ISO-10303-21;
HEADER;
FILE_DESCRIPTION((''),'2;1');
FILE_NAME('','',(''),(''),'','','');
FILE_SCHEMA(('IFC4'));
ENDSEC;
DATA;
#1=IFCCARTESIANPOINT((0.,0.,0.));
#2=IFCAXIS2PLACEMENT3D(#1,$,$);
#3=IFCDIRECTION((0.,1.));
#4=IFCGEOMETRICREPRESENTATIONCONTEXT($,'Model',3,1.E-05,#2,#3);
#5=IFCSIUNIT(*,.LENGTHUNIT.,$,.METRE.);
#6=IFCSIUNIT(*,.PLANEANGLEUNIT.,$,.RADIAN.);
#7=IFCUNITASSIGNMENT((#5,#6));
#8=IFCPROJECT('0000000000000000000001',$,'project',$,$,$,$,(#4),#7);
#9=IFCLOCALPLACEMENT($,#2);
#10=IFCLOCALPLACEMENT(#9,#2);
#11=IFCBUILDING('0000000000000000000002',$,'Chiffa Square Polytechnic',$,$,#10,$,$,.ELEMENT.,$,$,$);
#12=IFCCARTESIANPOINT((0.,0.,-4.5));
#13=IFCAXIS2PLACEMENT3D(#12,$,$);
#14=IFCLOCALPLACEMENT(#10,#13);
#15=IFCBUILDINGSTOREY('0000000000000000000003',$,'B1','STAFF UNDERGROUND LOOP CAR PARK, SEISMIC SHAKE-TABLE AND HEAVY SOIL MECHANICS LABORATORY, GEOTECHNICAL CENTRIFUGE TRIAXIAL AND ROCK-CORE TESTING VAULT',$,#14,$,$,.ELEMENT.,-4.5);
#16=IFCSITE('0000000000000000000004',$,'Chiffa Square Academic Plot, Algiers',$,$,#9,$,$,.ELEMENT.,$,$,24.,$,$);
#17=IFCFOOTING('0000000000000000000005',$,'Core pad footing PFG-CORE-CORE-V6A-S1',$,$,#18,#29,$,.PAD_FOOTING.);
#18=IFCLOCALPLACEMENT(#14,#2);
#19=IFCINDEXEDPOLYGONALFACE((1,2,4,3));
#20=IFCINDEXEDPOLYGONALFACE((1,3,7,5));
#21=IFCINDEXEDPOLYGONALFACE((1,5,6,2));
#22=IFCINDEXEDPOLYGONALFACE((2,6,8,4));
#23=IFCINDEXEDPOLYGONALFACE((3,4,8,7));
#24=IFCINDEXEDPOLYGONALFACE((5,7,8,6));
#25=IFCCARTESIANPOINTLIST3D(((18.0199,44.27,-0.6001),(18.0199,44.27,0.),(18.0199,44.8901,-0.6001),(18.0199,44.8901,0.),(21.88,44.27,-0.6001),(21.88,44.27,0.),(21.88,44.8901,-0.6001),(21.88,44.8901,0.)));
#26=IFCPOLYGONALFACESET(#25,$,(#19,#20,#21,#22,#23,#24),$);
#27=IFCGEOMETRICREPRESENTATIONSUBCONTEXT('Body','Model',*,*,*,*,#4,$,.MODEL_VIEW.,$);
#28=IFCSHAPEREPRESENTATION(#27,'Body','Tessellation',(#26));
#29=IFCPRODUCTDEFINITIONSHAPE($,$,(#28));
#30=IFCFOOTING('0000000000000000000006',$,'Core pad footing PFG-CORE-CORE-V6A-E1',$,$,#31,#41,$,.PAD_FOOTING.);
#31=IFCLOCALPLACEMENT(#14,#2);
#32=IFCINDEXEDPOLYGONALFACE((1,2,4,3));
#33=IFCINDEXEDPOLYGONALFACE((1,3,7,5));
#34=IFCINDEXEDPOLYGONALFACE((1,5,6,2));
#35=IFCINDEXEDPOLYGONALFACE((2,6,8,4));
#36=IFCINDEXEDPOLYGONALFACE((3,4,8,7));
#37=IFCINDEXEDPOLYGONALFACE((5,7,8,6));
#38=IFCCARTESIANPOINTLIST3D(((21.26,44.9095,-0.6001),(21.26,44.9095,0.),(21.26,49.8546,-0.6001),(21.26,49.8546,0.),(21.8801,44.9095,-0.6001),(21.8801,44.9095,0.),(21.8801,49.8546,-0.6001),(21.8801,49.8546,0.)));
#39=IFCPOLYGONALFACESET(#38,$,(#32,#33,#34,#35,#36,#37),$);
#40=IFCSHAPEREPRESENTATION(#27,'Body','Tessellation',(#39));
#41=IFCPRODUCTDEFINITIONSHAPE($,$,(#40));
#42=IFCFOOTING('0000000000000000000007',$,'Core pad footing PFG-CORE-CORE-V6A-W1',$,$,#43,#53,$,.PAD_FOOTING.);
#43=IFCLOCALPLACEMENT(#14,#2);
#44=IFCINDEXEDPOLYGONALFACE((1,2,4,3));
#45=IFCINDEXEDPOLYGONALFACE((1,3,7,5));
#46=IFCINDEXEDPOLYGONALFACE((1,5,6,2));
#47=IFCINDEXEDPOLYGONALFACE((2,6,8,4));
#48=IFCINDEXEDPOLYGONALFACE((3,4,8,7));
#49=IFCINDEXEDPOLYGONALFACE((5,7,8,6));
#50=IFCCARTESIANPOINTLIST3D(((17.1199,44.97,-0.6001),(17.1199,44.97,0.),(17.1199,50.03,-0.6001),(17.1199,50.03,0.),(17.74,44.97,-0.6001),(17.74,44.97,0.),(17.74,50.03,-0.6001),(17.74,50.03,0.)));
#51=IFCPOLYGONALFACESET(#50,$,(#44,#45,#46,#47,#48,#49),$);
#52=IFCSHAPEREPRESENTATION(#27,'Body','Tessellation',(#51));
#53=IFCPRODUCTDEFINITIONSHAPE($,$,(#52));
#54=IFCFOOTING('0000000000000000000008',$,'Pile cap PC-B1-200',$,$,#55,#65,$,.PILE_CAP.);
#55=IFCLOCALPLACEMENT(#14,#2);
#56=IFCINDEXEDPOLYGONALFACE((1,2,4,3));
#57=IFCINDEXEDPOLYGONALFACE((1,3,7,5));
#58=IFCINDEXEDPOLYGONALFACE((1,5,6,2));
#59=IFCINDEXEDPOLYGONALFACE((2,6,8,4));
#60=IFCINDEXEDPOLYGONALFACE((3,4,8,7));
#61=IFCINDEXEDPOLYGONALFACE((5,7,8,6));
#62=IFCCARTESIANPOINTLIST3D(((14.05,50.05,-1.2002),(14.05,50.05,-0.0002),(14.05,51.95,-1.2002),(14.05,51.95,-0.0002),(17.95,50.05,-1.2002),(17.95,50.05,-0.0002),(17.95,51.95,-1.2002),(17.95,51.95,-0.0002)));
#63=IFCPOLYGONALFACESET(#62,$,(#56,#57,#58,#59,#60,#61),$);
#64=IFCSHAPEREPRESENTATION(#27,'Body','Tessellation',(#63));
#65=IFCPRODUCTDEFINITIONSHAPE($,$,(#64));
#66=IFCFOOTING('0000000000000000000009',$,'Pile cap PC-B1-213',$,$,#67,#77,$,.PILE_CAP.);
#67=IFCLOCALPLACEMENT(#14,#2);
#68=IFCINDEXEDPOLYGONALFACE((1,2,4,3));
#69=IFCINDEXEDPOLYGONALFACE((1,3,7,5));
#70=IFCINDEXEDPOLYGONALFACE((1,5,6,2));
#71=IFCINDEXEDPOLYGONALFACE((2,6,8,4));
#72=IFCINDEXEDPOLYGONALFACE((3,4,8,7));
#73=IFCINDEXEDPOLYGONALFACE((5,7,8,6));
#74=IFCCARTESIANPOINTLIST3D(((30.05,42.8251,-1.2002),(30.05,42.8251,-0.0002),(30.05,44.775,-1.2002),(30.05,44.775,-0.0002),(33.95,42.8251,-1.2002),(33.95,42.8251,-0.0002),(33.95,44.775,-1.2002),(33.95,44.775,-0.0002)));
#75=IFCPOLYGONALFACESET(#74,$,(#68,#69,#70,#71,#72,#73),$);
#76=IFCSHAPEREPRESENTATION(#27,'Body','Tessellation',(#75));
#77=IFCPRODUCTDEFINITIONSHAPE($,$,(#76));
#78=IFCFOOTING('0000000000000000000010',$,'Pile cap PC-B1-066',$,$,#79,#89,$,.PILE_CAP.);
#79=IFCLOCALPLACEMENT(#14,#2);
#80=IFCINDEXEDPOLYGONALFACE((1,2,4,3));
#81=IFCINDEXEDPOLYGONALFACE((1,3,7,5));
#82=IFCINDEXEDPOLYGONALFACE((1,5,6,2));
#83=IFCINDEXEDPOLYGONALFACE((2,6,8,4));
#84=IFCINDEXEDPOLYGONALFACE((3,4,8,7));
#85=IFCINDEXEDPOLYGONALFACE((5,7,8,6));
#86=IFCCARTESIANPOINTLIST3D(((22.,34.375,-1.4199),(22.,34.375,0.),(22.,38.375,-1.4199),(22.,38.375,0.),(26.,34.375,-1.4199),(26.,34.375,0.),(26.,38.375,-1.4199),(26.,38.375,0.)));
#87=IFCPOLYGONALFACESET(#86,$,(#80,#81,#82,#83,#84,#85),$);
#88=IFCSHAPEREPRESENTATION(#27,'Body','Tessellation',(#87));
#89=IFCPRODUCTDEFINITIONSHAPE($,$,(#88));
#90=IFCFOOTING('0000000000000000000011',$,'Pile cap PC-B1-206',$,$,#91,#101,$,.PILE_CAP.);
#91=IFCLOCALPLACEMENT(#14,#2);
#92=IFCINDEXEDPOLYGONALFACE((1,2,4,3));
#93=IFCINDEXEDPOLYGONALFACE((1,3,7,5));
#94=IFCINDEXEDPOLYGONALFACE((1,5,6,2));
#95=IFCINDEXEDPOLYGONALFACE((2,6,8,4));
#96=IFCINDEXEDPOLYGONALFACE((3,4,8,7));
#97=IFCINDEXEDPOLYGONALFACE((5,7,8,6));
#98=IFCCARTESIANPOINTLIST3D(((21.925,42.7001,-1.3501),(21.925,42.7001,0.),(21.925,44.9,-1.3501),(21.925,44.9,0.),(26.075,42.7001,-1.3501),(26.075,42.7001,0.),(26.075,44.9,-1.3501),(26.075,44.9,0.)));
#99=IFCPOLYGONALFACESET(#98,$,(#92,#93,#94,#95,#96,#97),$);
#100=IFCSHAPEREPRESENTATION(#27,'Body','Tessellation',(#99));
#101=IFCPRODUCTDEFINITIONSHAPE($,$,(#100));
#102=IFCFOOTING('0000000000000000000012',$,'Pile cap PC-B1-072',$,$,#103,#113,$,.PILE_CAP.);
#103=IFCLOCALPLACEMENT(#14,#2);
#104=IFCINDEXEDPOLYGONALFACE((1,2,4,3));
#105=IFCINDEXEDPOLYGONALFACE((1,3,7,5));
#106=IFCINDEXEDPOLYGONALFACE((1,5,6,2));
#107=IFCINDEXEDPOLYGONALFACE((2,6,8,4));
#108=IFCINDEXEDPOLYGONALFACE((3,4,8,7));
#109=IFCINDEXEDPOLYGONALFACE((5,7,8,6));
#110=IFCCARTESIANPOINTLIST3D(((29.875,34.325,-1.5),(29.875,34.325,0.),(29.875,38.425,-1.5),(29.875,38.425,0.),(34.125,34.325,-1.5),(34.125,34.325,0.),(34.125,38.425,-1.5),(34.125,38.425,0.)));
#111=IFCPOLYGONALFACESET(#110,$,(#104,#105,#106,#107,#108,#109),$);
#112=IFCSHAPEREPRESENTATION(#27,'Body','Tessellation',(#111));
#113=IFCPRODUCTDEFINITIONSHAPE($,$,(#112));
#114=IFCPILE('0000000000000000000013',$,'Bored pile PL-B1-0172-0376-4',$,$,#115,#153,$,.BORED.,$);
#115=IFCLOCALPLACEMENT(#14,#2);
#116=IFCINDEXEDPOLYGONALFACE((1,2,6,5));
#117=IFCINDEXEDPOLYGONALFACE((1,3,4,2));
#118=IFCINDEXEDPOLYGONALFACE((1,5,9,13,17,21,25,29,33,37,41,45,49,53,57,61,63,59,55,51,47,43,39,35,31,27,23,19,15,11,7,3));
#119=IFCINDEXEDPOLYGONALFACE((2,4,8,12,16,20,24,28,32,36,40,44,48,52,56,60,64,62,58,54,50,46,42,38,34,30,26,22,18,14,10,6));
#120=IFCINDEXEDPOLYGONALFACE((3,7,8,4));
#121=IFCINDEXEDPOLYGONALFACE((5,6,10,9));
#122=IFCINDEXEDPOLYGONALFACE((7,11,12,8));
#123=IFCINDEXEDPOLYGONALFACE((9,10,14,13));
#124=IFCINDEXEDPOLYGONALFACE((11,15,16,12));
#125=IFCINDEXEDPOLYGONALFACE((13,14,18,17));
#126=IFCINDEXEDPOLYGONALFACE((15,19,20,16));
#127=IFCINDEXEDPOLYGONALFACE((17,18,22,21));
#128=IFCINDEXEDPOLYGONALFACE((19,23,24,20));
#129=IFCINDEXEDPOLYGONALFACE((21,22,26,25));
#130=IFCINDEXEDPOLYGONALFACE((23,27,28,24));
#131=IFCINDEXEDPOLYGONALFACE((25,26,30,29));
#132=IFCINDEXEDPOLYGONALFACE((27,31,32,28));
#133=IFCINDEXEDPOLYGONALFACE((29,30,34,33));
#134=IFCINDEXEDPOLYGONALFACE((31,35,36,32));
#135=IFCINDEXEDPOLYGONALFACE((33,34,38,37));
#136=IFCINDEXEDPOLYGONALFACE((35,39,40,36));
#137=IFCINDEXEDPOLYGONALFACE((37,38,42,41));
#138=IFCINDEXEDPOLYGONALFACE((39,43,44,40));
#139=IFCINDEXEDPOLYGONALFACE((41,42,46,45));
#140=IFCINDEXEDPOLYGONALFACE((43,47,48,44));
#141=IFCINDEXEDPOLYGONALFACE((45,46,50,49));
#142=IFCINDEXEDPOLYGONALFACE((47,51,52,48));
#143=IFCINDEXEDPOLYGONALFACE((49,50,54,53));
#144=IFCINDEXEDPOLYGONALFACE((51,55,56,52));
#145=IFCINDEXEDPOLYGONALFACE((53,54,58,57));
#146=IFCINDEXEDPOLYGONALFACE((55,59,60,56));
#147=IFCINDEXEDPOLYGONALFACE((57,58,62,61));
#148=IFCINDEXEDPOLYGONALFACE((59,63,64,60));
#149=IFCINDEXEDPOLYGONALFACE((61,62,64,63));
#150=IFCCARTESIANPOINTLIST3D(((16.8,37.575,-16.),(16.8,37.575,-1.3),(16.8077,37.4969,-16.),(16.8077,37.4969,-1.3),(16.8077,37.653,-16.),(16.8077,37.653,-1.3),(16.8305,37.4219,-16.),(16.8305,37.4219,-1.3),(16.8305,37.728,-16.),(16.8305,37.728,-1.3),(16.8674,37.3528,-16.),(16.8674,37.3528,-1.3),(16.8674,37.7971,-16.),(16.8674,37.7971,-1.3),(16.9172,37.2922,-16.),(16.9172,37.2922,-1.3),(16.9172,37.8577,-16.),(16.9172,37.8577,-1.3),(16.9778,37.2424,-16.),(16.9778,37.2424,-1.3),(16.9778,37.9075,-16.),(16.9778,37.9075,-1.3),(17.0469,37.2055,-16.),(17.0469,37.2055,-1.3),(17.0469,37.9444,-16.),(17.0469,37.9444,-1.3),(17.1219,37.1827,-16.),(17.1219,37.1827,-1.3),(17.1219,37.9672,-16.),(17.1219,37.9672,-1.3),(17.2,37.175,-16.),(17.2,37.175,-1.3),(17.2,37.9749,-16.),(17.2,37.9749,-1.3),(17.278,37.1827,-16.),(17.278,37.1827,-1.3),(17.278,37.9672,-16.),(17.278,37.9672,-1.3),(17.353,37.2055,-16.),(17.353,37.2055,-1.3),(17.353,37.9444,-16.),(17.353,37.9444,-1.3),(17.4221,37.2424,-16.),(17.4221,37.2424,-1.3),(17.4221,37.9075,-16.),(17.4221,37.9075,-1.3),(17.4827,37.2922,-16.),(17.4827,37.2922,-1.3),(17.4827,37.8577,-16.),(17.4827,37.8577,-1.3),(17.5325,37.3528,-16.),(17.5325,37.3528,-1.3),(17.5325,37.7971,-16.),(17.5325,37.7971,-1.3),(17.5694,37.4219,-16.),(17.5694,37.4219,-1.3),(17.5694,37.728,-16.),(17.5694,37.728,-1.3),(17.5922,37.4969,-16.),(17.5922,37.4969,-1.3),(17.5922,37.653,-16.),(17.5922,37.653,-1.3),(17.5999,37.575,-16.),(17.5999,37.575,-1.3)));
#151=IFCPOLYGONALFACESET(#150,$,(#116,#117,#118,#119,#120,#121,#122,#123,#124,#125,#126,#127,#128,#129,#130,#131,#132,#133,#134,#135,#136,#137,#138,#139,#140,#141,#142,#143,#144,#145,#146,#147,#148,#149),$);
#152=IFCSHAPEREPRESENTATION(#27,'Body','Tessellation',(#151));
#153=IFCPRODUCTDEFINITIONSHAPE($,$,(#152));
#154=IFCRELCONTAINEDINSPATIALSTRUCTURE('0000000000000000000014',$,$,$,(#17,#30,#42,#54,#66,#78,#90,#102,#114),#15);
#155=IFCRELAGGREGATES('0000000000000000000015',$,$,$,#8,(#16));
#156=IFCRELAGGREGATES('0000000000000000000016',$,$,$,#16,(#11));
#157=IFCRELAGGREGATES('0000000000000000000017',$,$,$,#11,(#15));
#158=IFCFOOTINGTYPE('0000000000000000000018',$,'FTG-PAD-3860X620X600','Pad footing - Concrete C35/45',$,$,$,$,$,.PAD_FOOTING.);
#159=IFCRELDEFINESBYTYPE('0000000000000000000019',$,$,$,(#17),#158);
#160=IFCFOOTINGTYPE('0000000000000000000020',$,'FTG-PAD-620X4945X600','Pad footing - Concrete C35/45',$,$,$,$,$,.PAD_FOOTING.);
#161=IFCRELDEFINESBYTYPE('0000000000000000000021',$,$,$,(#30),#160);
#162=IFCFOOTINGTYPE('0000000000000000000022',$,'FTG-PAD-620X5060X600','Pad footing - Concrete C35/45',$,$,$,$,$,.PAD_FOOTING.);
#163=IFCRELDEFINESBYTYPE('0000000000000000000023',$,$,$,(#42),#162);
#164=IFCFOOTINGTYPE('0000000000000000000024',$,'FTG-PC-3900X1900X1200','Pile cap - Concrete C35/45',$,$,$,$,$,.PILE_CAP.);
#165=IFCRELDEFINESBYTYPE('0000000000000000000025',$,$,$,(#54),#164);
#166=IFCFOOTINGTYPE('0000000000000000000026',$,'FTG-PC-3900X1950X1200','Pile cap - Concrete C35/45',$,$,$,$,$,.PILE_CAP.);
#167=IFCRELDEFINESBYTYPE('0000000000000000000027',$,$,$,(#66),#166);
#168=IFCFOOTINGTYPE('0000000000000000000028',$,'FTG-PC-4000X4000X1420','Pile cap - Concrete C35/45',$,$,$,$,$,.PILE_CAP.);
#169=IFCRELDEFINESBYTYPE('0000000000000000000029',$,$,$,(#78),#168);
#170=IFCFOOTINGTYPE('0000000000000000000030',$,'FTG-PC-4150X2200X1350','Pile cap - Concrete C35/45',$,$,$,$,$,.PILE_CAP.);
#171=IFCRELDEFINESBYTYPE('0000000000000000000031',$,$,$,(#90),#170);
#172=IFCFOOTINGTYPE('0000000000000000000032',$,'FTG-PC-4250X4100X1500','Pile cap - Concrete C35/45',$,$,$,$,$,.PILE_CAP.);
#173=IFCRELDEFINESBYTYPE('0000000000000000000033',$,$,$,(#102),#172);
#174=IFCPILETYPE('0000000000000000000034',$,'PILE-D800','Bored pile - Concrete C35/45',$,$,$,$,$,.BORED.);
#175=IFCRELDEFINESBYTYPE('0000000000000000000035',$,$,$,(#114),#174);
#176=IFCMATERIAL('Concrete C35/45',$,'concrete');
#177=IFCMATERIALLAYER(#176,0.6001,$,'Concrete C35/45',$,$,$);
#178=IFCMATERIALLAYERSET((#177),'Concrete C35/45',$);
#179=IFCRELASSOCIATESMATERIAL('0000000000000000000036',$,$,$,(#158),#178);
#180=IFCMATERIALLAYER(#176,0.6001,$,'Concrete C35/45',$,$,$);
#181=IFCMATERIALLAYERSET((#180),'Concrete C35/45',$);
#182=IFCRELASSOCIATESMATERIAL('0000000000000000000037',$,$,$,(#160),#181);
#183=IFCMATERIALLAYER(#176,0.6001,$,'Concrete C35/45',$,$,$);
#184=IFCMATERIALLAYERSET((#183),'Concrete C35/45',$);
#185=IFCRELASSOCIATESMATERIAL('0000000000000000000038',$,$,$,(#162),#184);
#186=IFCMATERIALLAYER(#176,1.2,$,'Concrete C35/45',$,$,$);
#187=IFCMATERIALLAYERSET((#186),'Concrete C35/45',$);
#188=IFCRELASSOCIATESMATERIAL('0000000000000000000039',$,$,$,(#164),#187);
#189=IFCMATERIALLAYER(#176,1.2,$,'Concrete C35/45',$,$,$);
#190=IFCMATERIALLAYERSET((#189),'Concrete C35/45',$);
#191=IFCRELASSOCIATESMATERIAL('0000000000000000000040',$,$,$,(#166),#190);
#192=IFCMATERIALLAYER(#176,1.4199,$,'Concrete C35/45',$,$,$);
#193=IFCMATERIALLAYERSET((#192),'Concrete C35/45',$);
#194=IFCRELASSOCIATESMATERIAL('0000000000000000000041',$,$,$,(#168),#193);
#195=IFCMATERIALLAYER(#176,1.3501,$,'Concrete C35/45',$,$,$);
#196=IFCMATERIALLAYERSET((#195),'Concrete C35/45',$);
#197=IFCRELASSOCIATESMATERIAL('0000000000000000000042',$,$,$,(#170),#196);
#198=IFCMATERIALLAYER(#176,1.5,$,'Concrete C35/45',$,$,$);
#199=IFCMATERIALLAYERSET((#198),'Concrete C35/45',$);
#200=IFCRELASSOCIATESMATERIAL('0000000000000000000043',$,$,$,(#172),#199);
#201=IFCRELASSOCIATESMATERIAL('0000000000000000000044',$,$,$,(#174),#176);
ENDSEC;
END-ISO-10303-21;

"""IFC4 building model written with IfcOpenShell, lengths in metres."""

from ifc_helpers import new_model, si_unit, direction, frame, origin, origin_2d, place, context, subcontext, project, spatial, rectangle, circle, extrude, material, layer, layer_set, material_profile, profile_set, type_object, element, save


model = new_model("IFC4")

# Units and contexts
model_context = context("Model", 3, precision=1e-05, world=origin(), true_north=direction((0.0, 1.0)))
body_context = subcontext(model_context, "Body", "Model", "MODEL_VIEW")
ifc_project = project(units=[si_unit("LENGTHUNIT", "METRE"), si_unit("PLANEANGLEUNIT", "RADIAN")], contexts=[model_context])

# Site, building, storey
site_placement = place(None, origin())
site = spatial("IfcSite", under=ifc_project, at=site_placement, Name="Chiffa Square Academic Plot, Algiers", CompositionType="ELEMENT", RefElevation=24.0)
building_placement = place(site_placement, origin())
building = spatial("IfcBuilding", under=site, at=building_placement, Name="Chiffa Square Polytechnic", CompositionType="ELEMENT")
storey_placement = place(building_placement, frame((0.0, 0.0, -4.5)))
storey = spatial("IfcBuildingStorey", under=building, at=storey_placement, Name="B1", Description="STAFF UNDERGROUND LOOP CAR PARK, SEISMIC SHAKE-TABLE AND HEAVY SOIL MECHANICS LABORATORY, GEOTECHNICAL CENTRIFUGE TRIAXIAL AND ROCK-CORE TESTING VAULT", CompositionType="ELEMENT", Elevation=-4.5)

# Footings
ifc_material_1 = material(Name="Concrete C35/45", Category="concrete")
ifc_layer_1 = layer(ifc_material_1, 0.6001, Name="Concrete C35/45")
ifc_layer_set_1 = layer_set([ifc_layer_1], Name="Concrete C35/45")
footing_type_1 = type_object("IfcFootingType", Name="FTG-PAD-3860X620X600", Description="Pad footing - Concrete C35/45", PredefinedType="PAD_FOOTING", material=ifc_layer_set_1)
footing_1_placement = place(storey_placement, frame((19.95, 44.5801, -0.6001), z_axis=(0.0, 0.0, 1.0), x_axis=(1.0, 0.0, 0.0)))
element("IfcFooting", 1, at=footing_1_placement, inside=storey, type_object=footing_type_1, Name="Core pad footing PFG-CORE-CORE-V6A-S1", PredefinedType="PAD_FOOTING", context=body_context, shape_type="SweptSolid", body=[
    extrude(rectangle(XDim=3.8601, YDim=0.6201, at=origin_2d()), origin(), (0.0, 0.0, 1.0), 0.6001),
])
ifc_layer_2 = layer(ifc_material_1, 0.6001, Name="Concrete C35/45")
ifc_layer_set_2 = layer_set([ifc_layer_2], Name="Concrete C35/45")
footing_type_2 = type_object("IfcFootingType", Name="FTG-PAD-620X4945X600", Description="Pad footing - Concrete C35/45", PredefinedType="PAD_FOOTING", material=ifc_layer_set_2)
footing_2_placement = place(storey_placement, frame((21.5701, 47.3821, -0.6001), z_axis=(0.0, 0.0, 1.0), x_axis=(1.0, 0.0, 0.0)))
element("IfcFooting", 2, at=footing_2_placement, inside=storey, type_object=footing_type_2, Name="Core pad footing PFG-CORE-CORE-V6A-E1", PredefinedType="PAD_FOOTING", context=body_context, shape_type="SweptSolid", body=[
    extrude(rectangle(XDim=0.6201, YDim=4.9451, at=origin_2d()), origin(), (0.0, 0.0, 1.0), 0.6001),
])
ifc_layer_3 = layer(ifc_material_1, 0.6001, Name="Concrete C35/45")
ifc_layer_set_3 = layer_set([ifc_layer_3], Name="Concrete C35/45")
footing_type_3 = type_object("IfcFootingType", Name="FTG-PAD-620X5060X600", Description="Pad footing - Concrete C35/45", PredefinedType="PAD_FOOTING", material=ifc_layer_set_3)
footing_3_placement = place(storey_placement, frame((17.4299, 47.5, -0.6001), z_axis=(0.0, 0.0, 1.0), x_axis=(1.0, 0.0, 0.0)))
element("IfcFooting", 3, at=footing_3_placement, inside=storey, type_object=footing_type_3, Name="Core pad footing PFG-CORE-CORE-V6A-W1", PredefinedType="PAD_FOOTING", context=body_context, shape_type="SweptSolid", body=[
    extrude(rectangle(XDim=0.6201, YDim=5.0601, at=origin_2d()), origin(), (0.0, 0.0, 1.0), 0.6001),
])
ifc_layer_4 = layer(ifc_material_1, 1.2, Name="Concrete C35/45")
ifc_layer_set_4 = layer_set([ifc_layer_4], Name="Concrete C35/45")
footing_type_4 = type_object("IfcFootingType", Name="FTG-PC-3900X1900X1200", Description="Pile cap - Concrete C35/45", PredefinedType="PILE_CAP", material=ifc_layer_set_4)
footing_4_placement = place(storey_placement, frame((16.0, 51.0, -1.2002), z_axis=(0.0, 0.0, 1.0), x_axis=(1.0, 0.0, 0.0)))
element("IfcFooting", 4, at=footing_4_placement, inside=storey, type_object=footing_type_4, Name="Pile cap PC-B1-200", PredefinedType="PILE_CAP", context=body_context, shape_type="SweptSolid", body=[
    extrude(rectangle(XDim=3.8999, YDim=1.8999, at=origin_2d()), origin(), (0.0, 0.0, 1.0), 1.2),
])
ifc_layer_5 = layer(ifc_material_1, 1.2, Name="Concrete C35/45")
ifc_layer_set_5 = layer_set([ifc_layer_5], Name="Concrete C35/45")
footing_type_5 = type_object("IfcFootingType", Name="FTG-PC-3900X1950X1200", Description="Pile cap - Concrete C35/45", PredefinedType="PILE_CAP", material=ifc_layer_set_5)
footing_5_placement = place(storey_placement, frame((32.0, 43.8, -1.2002), z_axis=(0.0, 0.0, 1.0), x_axis=(1.0, 0.0, 0.0)))
element("IfcFooting", 5, at=footing_5_placement, inside=storey, type_object=footing_type_5, Name="Pile cap PC-B1-213", PredefinedType="PILE_CAP", context=body_context, shape_type="SweptSolid", body=[
    extrude(rectangle(XDim=3.8999, YDim=1.95, at=origin_2d()), origin(), (0.0, 0.0, 1.0), 1.2),
])
ifc_layer_6 = layer(ifc_material_1, 1.4199, Name="Concrete C35/45")
ifc_layer_set_6 = layer_set([ifc_layer_6], Name="Concrete C35/45")
footing_type_6 = type_object("IfcFootingType", Name="FTG-PC-4000X4000X1420", Description="Pile cap - Concrete C35/45", PredefinedType="PILE_CAP", material=ifc_layer_set_6)
footing_6_placement = place(storey_placement, frame((24.0, 36.375, -1.4199), z_axis=(0.0, 0.0, 1.0), x_axis=(1.0, 0.0, 0.0)))
element("IfcFooting", 6, at=footing_6_placement, inside=storey, type_object=footing_type_6, Name="Pile cap PC-B1-066", PredefinedType="PILE_CAP", context=body_context, shape_type="SweptSolid", body=[
    extrude(rectangle(XDim=4.0, YDim=4.0, at=origin_2d()), origin(), (0.0, 0.0, 1.0), 1.4199),
])
ifc_layer_7 = layer(ifc_material_1, 1.3501, Name="Concrete C35/45")
ifc_layer_set_7 = layer_set([ifc_layer_7], Name="Concrete C35/45")
footing_type_7 = type_object("IfcFootingType", Name="FTG-PC-4150X2200X1350", Description="Pile cap - Concrete C35/45", PredefinedType="PILE_CAP", material=ifc_layer_set_7)
footing_7_placement = place(storey_placement, frame((24.0, 43.8, -1.3501), z_axis=(0.0, 0.0, 1.0), x_axis=(1.0, 0.0, 0.0)))
element("IfcFooting", 7, at=footing_7_placement, inside=storey, type_object=footing_type_7, Name="Pile cap PC-B1-206", PredefinedType="PILE_CAP", context=body_context, shape_type="SweptSolid", body=[
    extrude(rectangle(XDim=4.1499, YDim=2.2, at=origin_2d()), origin(), (0.0, 0.0, 1.0), 1.3501),
])
ifc_layer_8 = layer(ifc_material_1, 1.5, Name="Concrete C35/45")
ifc_layer_set_8 = layer_set([ifc_layer_8], Name="Concrete C35/45")
footing_type_8 = type_object("IfcFootingType", Name="FTG-PC-4250X4100X1500", Description="Pile cap - Concrete C35/45", PredefinedType="PILE_CAP", material=ifc_layer_set_8)
footing_8_placement = place(storey_placement, frame((32.0, 36.375, -1.5), z_axis=(0.0, 0.0, 1.0), x_axis=(1.0, 0.0, 0.0)))
element("IfcFooting", 8, at=footing_8_placement, inside=storey, type_object=footing_type_8, Name="Pile cap PC-B1-072", PredefinedType="PILE_CAP", context=body_context, shape_type="SweptSolid", body=[
    extrude(rectangle(XDim=4.25, YDim=4.1001, at=origin_2d()), origin(), (0.0, 0.0, 1.0), 1.5),
])

# Pile
ifc_material_profile_1 = material_profile(ifc_material_1, circle(Radius=0.3999, at=origin_2d()), Name="PILE D800")
ifc_profile_set_1 = profile_set([ifc_material_profile_1], Name="Concrete C35/45")
pile_type_1 = type_object("IfcPileType", Name="PILE-D800", Description="Bored pile - Concrete C35/45", PredefinedType="BORED", material=ifc_profile_set_1)
pile_1_placement = place(storey_placement, frame((17.2, 37.575, -1.3), z_axis=(0.0, 0.0, -1.0), x_axis=(1.0, 0.0, 0.0)))
element("IfcPile", 9, at=pile_1_placement, inside=storey, type_object=pile_type_1, Name="Bored pile PL-B1-0172-0376-4", PredefinedType="BORED", context=body_context, shape_type="SweptSolid", body=[
    extrude(circle(Radius=0.3999, at=origin_2d()), origin(), (0.0, 0.0, 1.0), 14.7),
])

save(model, "model.ifc")
